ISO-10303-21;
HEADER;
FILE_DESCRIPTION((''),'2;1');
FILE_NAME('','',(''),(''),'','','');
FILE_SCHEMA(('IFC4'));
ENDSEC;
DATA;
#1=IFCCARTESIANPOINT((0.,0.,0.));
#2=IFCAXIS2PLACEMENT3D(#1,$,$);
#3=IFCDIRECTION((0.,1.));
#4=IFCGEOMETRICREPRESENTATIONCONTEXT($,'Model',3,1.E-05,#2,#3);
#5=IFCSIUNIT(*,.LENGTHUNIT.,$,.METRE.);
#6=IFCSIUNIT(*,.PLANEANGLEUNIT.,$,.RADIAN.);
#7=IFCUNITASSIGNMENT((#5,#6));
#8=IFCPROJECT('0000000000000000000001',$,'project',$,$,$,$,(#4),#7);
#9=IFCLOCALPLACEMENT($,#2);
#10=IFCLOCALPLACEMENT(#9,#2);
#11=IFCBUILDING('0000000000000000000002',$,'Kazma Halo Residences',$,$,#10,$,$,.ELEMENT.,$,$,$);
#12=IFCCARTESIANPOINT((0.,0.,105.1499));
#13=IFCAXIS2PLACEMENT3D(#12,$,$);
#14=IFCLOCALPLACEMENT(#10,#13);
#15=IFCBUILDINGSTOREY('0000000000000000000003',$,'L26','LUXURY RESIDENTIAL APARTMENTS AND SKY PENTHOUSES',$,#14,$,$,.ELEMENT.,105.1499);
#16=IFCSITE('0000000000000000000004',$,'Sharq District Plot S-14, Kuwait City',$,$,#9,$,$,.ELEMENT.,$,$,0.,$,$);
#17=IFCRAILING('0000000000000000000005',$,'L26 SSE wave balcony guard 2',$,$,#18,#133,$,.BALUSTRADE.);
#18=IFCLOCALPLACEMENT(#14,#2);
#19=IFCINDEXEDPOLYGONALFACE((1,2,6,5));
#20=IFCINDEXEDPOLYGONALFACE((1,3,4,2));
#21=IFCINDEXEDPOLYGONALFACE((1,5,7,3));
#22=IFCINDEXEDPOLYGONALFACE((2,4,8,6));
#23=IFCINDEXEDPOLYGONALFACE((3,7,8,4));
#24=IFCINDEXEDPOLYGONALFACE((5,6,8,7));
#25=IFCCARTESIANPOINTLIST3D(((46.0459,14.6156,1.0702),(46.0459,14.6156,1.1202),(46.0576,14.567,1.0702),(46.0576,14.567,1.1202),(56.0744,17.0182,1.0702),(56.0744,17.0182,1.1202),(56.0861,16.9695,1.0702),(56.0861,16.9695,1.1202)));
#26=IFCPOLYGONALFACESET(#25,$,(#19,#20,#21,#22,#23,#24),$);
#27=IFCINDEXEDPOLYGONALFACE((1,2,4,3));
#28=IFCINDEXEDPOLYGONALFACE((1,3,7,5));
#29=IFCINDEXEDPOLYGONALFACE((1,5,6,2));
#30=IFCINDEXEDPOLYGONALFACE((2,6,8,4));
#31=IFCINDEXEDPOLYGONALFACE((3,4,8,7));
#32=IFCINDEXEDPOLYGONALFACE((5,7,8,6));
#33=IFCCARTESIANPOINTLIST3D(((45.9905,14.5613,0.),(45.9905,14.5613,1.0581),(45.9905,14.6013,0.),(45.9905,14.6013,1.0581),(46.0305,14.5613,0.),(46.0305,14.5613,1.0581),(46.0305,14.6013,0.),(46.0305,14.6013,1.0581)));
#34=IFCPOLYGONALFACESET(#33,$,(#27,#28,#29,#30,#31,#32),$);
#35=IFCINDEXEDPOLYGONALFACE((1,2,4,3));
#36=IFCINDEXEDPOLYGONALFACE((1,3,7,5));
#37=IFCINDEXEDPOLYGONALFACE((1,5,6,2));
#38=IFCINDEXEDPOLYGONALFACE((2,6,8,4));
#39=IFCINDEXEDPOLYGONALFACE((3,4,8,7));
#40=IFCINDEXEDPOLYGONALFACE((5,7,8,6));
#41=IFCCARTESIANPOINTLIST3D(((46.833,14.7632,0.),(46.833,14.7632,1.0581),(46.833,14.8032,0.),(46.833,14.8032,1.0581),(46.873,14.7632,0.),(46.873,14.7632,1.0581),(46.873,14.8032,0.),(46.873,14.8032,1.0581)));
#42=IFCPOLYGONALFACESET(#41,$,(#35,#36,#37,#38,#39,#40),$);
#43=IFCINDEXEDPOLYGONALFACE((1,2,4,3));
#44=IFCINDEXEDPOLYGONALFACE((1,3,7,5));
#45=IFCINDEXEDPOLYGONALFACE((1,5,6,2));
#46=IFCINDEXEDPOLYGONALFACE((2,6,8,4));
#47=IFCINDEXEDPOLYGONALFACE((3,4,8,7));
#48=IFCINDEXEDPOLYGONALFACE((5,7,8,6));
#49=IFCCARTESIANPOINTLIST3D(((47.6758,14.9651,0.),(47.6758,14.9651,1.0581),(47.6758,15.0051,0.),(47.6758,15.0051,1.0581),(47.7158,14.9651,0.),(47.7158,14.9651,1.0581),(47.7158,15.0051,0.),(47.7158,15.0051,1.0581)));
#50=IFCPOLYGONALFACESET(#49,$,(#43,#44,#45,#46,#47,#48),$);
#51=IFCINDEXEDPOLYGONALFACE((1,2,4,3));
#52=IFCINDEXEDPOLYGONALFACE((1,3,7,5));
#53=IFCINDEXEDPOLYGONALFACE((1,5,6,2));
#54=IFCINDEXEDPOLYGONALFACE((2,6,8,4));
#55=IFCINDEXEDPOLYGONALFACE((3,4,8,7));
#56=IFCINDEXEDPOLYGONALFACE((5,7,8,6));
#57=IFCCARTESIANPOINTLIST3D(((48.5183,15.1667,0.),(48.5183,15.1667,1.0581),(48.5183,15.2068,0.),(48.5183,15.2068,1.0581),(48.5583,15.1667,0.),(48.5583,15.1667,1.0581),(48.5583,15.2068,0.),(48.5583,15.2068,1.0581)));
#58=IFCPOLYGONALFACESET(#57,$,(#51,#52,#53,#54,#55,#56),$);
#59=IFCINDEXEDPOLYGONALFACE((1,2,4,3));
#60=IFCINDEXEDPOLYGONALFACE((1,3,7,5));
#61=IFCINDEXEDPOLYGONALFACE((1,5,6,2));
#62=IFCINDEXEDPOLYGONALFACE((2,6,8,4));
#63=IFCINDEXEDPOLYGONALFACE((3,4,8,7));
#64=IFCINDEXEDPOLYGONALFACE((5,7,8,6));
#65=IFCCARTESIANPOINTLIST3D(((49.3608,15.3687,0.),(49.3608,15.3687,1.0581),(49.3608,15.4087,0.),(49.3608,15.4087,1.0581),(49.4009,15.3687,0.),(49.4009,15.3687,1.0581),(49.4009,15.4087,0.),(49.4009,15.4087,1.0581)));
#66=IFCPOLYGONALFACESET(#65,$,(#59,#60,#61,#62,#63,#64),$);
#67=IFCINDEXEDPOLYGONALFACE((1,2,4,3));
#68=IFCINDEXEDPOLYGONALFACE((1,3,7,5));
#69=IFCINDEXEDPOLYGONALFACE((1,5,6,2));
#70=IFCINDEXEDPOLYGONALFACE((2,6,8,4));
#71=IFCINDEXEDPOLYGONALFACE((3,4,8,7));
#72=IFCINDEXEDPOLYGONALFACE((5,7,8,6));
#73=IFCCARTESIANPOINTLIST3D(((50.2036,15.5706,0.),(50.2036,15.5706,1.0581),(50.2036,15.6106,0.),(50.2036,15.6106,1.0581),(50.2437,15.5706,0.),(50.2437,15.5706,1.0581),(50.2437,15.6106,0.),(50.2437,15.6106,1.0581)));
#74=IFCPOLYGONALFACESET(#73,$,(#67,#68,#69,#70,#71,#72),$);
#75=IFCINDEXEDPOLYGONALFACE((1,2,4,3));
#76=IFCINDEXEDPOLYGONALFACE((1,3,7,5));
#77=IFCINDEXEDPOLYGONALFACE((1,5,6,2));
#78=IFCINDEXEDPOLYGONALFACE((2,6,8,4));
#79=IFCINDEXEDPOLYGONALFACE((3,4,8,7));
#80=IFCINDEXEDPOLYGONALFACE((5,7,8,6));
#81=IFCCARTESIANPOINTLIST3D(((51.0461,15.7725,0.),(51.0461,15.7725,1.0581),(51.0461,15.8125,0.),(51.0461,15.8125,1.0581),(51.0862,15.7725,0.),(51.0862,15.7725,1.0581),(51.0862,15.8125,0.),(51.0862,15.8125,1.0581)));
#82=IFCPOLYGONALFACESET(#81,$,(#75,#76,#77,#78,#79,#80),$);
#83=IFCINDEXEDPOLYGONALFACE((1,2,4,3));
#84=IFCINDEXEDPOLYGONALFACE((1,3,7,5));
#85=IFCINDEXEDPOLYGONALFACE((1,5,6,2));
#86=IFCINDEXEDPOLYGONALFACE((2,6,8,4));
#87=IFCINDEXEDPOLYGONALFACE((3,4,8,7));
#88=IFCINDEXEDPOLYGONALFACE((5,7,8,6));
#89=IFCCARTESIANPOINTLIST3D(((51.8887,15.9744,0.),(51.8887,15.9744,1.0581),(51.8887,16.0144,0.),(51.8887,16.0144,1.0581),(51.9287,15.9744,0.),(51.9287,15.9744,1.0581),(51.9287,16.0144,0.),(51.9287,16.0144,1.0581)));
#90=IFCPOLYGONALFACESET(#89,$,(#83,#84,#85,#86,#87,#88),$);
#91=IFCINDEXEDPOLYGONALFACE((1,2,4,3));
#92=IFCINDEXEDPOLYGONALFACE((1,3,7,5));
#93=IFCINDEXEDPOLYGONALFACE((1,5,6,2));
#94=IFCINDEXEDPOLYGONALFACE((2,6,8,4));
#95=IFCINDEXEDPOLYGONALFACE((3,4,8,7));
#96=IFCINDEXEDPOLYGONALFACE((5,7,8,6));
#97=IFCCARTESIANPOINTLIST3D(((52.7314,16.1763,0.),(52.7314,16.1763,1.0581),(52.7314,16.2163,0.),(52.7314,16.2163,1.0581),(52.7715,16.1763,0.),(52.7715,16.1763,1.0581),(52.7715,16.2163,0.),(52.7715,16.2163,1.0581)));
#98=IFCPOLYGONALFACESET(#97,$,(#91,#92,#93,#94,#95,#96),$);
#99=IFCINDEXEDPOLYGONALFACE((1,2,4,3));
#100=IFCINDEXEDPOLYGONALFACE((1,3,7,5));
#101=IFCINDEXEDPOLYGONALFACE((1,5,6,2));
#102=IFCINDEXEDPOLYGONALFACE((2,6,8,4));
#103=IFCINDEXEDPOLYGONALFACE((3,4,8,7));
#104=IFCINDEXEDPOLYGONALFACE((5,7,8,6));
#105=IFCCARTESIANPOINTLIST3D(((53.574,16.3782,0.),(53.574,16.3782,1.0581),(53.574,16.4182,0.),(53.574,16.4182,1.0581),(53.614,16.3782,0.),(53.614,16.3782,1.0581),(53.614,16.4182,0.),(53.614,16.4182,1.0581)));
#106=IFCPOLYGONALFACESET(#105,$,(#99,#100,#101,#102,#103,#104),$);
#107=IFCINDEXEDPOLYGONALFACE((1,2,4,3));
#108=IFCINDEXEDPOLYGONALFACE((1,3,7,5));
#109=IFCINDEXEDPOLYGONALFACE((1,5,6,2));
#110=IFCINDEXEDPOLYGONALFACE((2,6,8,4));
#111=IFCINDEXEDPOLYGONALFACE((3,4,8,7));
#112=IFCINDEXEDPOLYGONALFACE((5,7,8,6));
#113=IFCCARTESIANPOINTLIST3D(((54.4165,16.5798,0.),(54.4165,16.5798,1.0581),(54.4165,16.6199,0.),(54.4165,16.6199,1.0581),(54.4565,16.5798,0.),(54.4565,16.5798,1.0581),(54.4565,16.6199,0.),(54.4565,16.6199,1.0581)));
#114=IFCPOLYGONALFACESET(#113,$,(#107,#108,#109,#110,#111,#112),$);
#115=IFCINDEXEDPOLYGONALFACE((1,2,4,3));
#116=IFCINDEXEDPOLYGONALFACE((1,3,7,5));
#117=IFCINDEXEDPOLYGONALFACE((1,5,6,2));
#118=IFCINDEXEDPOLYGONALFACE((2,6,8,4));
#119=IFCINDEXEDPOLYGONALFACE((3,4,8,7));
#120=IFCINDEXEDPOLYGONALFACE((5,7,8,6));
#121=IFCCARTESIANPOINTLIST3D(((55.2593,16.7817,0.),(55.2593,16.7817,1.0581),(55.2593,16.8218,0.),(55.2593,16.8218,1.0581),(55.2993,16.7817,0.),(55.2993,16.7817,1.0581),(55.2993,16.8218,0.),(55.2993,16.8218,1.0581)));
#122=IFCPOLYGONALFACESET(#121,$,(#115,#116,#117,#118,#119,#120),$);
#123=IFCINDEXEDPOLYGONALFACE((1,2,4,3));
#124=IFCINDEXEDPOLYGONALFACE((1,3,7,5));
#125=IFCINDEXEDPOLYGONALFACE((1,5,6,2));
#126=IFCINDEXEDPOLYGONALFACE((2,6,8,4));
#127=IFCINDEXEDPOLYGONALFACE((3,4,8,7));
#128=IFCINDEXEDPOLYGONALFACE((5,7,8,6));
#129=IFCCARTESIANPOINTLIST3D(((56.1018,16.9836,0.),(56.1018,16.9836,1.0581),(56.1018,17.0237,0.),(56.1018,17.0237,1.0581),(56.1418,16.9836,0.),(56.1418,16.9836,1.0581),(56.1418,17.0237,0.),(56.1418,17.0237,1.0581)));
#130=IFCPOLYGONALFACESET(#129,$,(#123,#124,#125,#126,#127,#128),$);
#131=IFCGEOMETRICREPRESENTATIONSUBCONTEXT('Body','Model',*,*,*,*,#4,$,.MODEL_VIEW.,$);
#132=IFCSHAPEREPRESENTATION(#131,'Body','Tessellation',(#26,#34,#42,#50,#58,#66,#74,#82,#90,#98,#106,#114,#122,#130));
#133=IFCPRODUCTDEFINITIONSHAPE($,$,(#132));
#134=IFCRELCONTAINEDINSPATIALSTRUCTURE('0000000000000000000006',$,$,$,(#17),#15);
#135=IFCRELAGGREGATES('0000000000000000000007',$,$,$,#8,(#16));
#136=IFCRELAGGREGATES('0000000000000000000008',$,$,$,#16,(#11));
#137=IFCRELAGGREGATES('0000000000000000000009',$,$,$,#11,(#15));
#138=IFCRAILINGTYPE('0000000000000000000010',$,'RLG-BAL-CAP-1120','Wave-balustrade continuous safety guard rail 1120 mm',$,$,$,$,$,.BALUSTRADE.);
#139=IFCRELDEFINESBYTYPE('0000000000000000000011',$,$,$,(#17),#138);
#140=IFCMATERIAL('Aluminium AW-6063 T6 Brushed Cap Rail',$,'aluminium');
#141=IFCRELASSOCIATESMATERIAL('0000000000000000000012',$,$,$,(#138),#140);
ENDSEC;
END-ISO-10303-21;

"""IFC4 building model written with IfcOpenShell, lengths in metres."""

from ifc_helpers import new_model, si_unit, direction, frame, origin, origin_2d, place, context, subcontext, project, spatial, rectangle, extrude, material, type_object, element, save


model = new_model("IFC4")

# Units and contexts
model_context = context("Model", 3, precision=1e-05, world=origin(), true_north=direction((0.0, 1.0)))
body_context = subcontext(model_context, "Body", "Model", "MODEL_VIEW")
ifc_project = project(units=[si_unit("LENGTHUNIT", "METRE"), si_unit("PLANEANGLEUNIT", "RADIAN")], contexts=[model_context])

# Site, building, storey
site_placement = place(None, origin())
site = spatial("IfcSite", under=ifc_project, at=site_placement, Name="Sharq District Plot S-14, Kuwait City", CompositionType="ELEMENT", RefElevation=0.0)
building_placement = place(site_placement, origin())
building = spatial("IfcBuilding", under=site, at=building_placement, Name="Kazma Halo Residences", CompositionType="ELEMENT")
storey_placement = place(building_placement, frame((0.0, 0.0, 105.1499)))
storey = spatial("IfcBuildingStorey", under=building, at=storey_placement, Name="L26", Description="LUXURY RESIDENTIAL APARTMENTS AND SKY PENTHOUSES", CompositionType="ELEMENT", Elevation=105.1499)

# Railing
ifc_material_1 = material(Name="Aluminium AW-6063 T6 Brushed Cap Rail", Category="aluminium")
railing_type = type_object("IfcRailingType", Name="RLG-BAL-CAP-1120", Description="Wave-balustrade continuous safety guard rail 1120 mm", PredefinedType="BALUSTRADE", material=ifc_material_1)
railing_1_placement = place(storey_placement, frame((46.0105, 14.5813, 0.0)))
element("IfcRailing", 1, at=railing_1_placement, inside=storey, type_object=railing_type, Name="L26 SSE wave balcony guard 2", PredefinedType="BALUSTRADE", context=body_context, shape_type="SweptSolid", body=[
    extrude(rectangle(XDim=0.05, YDim=0.05, at=origin_2d()), frame((0.0413, 0.01, 1.0952), z_axis=(0.972482, 0.232977, 0.0), x_axis=(-0.232977, 0.972482, 0.0)), (0.0, 0.0, 1.0), 10.3123),
    extrude(rectangle(XDim=0.04, YDim=0.04, at=origin_2d()), origin(), (0.0, 0.0, 1.0), 1.0581),
    extrude(rectangle(XDim=0.04, YDim=0.04, at=origin_2d()), frame((0.8425, 0.2019, 0.0)), (0.0, 0.0, 1.0), 1.0581),
    extrude(rectangle(XDim=0.04, YDim=0.04, at=origin_2d()), frame((1.6853, 0.4038, 0.0)), (0.0, 0.0, 1.0), 1.0581),
    extrude(rectangle(XDim=0.04, YDim=0.04, at=origin_2d()), frame((2.5278, 0.6055, 0.0)), (0.0, 0.0, 1.0), 1.0581),
    extrude(rectangle(XDim=0.04, YDim=0.04, at=origin_2d()), frame((3.3704, 0.8074, 0.0)), (0.0, 0.0, 1.0), 1.0581),
    extrude(rectangle(XDim=0.04, YDim=0.04, at=origin_2d()), frame((4.2131, 1.0093, 0.0)), (0.0, 0.0, 1.0), 1.0581),
    extrude(rectangle(XDim=0.04, YDim=0.04, at=origin_2d()), frame((5.0557, 1.2112, 0.0)), (0.0, 0.0, 1.0), 1.0581),
    extrude(rectangle(XDim=0.04, YDim=0.04, at=origin_2d()), frame((5.8982, 1.4131, 0.0)), (0.0, 0.0, 1.0), 1.0581),
    extrude(rectangle(XDim=0.04, YDim=0.04, at=origin_2d()), frame((6.741, 1.615, 0.0)), (0.0, 0.0, 1.0), 1.0581),
    extrude(rectangle(XDim=0.04, YDim=0.04, at=origin_2d()), frame((7.5835, 1.8169, 0.0)), (0.0, 0.0, 1.0), 1.0581),
    extrude(rectangle(XDim=0.04, YDim=0.04, at=origin_2d()), frame((8.426, 2.0186, 0.0)), (0.0, 0.0, 1.0), 1.0581),
    extrude(rectangle(XDim=0.04, YDim=0.04, at=origin_2d()), frame((9.2688, 2.2205, 0.0)), (0.0, 0.0, 1.0), 1.0581),
    extrude(rectangle(XDim=0.04, YDim=0.04, at=origin_2d()), frame((10.1113, 2.4224, 0.0)), (0.0, 0.0, 1.0), 1.0581),
])

save(model, "model.ifc")
